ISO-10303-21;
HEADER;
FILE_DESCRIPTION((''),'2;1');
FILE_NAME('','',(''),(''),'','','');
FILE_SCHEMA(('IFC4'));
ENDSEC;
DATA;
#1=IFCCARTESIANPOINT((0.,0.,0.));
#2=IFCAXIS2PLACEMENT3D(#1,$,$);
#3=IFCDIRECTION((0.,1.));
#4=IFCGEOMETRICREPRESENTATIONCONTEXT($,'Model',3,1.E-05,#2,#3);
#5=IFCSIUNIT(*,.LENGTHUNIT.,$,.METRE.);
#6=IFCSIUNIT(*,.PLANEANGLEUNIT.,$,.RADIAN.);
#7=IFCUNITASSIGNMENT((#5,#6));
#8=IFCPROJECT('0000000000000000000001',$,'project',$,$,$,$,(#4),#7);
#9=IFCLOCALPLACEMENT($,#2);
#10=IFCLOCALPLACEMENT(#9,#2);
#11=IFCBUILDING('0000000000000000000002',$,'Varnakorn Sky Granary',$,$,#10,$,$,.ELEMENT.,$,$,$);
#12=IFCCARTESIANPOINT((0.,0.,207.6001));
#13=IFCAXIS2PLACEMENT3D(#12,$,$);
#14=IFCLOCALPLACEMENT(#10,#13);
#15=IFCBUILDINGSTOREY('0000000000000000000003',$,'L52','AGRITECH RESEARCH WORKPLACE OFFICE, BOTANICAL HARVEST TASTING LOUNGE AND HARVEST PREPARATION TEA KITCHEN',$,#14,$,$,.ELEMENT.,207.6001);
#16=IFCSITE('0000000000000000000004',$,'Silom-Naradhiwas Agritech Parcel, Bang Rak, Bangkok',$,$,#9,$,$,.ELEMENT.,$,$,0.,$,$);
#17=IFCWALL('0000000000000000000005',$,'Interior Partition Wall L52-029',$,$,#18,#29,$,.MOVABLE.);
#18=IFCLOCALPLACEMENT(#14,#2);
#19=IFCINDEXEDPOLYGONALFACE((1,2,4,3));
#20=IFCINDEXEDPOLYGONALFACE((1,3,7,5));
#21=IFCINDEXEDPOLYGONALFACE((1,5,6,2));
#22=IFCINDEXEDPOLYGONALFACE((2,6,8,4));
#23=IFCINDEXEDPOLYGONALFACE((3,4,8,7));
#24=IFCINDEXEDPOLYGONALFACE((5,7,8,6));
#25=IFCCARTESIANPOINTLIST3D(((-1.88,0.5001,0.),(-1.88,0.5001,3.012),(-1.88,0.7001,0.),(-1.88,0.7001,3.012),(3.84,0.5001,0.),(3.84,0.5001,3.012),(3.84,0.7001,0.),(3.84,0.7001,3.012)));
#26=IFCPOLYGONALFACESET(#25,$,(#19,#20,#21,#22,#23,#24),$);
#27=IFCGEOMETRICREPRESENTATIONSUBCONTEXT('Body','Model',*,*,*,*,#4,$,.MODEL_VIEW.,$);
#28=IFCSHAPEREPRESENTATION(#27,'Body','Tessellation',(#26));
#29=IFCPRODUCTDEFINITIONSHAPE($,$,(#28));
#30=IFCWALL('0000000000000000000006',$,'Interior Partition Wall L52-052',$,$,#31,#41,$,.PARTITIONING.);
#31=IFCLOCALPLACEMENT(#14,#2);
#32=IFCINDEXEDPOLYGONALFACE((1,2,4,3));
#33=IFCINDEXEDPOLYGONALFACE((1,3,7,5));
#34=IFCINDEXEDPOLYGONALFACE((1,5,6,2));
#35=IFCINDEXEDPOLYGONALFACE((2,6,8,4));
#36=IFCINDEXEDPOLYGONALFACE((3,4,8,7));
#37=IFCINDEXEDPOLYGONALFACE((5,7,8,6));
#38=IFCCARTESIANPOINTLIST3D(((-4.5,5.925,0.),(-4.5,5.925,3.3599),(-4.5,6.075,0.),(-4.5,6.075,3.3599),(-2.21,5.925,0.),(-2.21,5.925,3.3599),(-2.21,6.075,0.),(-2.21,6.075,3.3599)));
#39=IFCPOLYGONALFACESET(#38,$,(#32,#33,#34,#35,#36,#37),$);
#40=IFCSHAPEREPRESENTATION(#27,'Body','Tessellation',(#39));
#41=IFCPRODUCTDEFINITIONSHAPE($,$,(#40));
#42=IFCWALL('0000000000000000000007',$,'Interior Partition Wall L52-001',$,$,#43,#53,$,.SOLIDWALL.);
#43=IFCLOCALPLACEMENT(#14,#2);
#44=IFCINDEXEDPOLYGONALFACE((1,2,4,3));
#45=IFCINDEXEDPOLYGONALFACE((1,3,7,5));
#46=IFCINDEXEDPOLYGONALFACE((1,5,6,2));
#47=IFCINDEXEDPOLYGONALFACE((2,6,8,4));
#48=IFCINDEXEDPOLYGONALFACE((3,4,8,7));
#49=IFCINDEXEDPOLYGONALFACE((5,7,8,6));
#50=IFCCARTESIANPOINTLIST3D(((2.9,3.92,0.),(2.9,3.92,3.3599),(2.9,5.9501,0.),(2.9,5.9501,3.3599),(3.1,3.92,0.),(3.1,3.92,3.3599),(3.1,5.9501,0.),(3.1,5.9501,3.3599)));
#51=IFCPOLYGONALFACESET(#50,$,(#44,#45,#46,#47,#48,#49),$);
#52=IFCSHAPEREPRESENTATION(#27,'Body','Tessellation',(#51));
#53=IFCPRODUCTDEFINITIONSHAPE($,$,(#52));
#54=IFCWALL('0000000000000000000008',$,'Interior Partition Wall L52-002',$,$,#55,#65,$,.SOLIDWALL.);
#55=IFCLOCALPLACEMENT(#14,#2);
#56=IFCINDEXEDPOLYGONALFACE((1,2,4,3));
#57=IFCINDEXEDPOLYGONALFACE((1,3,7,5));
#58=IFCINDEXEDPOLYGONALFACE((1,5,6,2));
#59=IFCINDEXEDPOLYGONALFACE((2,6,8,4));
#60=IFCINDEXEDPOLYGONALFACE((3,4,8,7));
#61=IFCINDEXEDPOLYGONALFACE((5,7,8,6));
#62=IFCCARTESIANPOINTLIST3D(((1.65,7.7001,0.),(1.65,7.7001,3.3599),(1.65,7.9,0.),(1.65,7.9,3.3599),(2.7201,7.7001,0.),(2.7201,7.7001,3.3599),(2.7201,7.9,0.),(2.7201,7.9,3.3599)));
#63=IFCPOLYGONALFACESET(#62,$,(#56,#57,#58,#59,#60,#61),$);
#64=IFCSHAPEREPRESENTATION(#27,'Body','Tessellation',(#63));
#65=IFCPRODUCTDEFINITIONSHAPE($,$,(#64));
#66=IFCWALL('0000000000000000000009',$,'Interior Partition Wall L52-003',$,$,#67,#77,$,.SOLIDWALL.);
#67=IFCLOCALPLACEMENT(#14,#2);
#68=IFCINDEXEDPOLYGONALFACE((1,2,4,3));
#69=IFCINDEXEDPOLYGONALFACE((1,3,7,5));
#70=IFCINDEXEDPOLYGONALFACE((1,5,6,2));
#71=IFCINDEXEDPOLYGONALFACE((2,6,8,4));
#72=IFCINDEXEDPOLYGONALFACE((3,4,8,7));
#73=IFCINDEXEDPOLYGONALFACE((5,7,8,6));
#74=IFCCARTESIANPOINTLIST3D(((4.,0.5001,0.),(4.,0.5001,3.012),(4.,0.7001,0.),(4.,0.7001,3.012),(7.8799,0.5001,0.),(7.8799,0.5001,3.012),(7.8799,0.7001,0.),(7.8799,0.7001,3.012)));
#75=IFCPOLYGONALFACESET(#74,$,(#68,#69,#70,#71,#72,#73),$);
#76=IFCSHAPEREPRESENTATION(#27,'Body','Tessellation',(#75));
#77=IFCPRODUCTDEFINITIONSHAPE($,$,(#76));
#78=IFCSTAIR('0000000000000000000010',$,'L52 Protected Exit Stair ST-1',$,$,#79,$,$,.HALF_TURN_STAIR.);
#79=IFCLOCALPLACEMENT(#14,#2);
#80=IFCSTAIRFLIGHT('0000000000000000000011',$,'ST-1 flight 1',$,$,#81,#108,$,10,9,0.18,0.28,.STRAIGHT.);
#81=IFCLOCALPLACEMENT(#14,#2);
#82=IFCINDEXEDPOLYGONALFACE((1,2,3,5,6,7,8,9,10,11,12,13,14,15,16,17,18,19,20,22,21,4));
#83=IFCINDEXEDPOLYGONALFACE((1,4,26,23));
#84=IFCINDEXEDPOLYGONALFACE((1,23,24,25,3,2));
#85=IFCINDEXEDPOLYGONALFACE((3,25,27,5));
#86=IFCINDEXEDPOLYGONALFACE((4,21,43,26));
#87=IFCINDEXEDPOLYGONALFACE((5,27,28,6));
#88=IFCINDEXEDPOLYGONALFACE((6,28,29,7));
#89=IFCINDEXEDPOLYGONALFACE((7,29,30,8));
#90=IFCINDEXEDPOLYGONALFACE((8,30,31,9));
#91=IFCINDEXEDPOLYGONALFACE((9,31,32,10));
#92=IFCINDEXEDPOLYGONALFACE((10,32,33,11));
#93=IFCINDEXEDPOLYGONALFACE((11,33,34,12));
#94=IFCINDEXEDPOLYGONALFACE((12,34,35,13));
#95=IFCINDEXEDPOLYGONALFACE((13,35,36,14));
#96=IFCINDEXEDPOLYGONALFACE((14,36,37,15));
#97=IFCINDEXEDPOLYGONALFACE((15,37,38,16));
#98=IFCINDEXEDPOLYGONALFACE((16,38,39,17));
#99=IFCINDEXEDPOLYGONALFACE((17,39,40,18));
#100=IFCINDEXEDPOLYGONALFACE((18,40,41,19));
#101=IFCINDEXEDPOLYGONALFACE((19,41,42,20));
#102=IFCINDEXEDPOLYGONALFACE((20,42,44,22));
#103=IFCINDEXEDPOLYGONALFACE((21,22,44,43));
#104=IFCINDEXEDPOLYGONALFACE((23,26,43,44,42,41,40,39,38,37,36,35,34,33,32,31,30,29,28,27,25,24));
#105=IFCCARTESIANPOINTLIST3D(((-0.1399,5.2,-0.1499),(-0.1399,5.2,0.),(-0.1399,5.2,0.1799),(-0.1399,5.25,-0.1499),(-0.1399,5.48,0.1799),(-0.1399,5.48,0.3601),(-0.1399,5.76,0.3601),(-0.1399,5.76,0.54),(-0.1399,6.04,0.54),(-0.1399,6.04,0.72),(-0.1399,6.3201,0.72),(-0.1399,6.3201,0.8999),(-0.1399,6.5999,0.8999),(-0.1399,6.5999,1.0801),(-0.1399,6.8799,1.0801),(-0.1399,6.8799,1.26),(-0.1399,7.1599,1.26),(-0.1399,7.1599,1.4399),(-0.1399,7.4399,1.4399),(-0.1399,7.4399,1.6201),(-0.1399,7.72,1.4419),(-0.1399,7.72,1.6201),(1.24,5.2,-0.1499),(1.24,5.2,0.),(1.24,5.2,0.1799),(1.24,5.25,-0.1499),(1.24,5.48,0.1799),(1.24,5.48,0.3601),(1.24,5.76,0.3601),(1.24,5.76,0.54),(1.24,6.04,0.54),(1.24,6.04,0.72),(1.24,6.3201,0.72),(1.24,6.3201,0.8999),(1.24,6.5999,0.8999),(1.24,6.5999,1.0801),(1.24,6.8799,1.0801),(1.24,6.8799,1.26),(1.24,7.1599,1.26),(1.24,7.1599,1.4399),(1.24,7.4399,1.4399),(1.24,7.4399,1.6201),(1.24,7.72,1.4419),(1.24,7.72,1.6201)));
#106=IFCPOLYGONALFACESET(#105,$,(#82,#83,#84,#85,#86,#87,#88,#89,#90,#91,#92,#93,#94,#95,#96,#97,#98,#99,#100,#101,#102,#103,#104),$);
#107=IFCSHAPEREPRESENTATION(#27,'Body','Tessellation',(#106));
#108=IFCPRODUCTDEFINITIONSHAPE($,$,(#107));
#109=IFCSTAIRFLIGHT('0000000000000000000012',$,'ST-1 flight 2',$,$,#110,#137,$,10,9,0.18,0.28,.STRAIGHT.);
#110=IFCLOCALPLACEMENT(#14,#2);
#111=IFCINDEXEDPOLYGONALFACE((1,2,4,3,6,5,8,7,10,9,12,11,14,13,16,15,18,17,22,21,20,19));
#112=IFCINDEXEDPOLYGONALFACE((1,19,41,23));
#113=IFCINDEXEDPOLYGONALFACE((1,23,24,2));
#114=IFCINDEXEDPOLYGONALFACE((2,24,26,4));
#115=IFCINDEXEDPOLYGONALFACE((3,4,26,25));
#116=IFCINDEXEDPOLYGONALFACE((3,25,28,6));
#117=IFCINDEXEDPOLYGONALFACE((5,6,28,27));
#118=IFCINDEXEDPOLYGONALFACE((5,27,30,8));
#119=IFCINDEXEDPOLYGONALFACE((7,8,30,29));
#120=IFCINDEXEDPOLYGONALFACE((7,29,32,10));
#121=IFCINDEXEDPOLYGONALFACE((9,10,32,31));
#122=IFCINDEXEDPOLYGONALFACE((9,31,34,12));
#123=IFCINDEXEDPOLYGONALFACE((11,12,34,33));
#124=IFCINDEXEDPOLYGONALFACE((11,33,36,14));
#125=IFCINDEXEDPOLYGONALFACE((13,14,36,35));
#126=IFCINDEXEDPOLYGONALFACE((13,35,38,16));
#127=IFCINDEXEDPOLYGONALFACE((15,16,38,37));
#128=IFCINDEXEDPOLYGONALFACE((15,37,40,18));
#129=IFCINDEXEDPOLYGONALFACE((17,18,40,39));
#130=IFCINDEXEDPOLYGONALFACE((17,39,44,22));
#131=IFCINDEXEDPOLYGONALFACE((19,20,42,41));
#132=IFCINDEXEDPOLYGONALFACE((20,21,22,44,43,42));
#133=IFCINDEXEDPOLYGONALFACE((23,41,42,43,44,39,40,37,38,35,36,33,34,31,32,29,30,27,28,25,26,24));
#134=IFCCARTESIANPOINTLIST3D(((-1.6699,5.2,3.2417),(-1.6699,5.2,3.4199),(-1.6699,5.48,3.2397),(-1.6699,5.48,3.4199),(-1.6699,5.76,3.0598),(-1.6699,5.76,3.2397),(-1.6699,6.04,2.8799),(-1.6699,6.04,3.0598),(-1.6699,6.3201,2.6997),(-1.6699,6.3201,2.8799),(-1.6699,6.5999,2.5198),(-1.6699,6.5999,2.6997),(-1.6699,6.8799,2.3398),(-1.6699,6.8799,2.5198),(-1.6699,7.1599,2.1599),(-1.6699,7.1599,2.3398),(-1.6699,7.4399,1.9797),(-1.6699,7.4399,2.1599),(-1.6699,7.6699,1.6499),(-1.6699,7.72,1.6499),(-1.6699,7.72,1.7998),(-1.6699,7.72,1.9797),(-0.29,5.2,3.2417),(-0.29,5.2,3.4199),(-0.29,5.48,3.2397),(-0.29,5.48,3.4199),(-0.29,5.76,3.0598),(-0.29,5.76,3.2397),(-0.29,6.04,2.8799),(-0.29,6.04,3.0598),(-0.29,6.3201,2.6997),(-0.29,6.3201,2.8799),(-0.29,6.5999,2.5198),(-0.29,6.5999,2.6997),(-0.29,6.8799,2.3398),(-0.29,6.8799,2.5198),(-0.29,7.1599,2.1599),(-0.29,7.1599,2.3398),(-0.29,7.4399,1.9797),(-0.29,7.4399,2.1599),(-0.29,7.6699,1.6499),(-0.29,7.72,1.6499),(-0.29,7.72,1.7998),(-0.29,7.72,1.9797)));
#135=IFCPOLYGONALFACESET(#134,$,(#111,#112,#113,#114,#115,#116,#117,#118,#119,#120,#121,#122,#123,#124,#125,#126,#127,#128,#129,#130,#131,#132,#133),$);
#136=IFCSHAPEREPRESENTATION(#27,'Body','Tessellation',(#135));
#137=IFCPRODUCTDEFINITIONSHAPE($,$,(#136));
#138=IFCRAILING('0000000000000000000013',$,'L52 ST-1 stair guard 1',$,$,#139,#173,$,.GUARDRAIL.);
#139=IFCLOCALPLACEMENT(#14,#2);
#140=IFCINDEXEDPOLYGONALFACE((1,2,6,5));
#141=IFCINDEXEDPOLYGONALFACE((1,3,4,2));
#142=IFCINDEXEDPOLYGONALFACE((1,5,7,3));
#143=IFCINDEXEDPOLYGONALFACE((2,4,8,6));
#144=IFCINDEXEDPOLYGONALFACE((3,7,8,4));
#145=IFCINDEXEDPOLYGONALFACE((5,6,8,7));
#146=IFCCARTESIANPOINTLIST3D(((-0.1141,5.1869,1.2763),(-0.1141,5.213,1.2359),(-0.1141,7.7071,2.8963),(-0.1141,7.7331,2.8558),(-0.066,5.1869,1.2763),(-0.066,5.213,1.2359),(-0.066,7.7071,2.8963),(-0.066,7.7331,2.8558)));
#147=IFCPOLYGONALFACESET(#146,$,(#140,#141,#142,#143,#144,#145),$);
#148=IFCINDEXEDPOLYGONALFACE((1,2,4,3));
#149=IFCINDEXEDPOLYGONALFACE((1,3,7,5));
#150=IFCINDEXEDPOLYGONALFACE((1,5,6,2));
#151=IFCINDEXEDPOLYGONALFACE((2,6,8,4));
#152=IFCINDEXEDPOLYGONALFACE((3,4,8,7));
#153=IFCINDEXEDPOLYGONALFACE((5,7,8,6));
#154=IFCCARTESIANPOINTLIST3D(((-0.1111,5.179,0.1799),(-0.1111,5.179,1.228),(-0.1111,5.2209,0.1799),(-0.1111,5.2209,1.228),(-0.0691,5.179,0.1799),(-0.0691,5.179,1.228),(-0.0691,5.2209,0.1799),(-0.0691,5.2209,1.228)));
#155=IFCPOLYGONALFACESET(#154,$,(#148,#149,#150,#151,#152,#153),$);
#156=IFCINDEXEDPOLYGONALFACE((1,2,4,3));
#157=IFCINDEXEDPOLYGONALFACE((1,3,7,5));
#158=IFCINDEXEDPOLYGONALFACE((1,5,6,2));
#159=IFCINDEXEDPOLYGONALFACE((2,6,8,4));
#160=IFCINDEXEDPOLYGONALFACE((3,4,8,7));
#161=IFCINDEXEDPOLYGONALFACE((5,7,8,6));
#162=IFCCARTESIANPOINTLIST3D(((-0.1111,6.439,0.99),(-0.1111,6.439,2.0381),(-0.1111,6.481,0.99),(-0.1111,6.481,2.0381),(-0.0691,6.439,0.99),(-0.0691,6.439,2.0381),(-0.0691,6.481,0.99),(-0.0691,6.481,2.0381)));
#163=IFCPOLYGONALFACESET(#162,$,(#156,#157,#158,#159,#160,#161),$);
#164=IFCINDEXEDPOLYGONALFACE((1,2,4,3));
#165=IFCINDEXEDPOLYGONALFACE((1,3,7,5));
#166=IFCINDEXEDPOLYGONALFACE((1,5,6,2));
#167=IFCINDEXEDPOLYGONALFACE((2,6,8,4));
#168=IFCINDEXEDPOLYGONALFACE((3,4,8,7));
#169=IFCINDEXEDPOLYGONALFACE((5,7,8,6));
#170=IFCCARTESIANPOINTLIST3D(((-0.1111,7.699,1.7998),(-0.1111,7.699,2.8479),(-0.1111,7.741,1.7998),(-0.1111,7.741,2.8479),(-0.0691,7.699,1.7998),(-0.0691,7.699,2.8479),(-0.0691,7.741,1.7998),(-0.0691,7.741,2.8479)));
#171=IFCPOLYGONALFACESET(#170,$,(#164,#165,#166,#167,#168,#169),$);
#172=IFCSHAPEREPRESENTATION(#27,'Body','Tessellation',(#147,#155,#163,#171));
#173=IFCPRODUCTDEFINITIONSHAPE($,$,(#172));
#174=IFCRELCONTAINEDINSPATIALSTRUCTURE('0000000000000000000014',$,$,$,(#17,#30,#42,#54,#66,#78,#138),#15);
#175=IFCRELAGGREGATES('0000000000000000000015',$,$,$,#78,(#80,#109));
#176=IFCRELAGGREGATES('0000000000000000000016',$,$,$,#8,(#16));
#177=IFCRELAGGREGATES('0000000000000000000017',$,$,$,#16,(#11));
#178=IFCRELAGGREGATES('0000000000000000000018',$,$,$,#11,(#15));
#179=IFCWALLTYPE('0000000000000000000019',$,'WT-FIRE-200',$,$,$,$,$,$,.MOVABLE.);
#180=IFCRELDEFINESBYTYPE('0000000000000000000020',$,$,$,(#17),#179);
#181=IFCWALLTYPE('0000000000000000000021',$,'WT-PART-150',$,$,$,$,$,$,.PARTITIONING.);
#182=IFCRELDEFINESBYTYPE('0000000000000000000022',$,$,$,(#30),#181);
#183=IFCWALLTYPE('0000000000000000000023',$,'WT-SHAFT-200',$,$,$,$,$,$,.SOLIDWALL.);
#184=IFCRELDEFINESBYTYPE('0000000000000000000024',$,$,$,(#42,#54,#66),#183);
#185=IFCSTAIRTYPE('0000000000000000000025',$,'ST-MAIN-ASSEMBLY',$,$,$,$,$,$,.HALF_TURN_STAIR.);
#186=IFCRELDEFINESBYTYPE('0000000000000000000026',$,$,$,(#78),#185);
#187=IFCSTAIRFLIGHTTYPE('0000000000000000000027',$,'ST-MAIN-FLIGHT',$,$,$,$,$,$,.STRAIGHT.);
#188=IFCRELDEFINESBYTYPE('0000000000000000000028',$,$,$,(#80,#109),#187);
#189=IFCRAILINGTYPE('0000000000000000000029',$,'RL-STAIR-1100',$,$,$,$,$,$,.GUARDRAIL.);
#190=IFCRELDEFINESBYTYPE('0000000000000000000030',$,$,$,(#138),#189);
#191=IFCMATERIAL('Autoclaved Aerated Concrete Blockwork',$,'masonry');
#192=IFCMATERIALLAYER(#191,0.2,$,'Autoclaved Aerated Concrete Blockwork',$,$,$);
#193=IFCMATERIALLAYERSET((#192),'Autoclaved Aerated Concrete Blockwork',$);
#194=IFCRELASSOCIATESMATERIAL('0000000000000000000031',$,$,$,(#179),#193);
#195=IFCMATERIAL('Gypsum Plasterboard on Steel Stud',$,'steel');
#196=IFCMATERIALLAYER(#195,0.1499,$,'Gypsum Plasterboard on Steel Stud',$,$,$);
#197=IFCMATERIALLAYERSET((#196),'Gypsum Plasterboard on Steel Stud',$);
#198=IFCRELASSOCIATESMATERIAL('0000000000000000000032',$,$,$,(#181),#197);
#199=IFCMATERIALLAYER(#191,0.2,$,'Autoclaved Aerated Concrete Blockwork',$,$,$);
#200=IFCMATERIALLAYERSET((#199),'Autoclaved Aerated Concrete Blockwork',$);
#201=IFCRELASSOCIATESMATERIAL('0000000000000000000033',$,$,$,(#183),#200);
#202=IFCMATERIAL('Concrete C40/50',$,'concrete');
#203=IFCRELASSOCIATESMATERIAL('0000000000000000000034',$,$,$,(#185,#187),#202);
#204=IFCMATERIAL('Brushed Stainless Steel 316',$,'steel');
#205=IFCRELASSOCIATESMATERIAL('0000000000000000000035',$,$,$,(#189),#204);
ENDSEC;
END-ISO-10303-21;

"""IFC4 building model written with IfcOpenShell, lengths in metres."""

from ifc_helpers import new_model, si_unit, direction, frame, frame_2d, origin, origin_2d, place, context, subcontext, project, spatial, polyline, rectangle, outline, extrude, material, layer, layer_set, type_object, element, aggregate, save


model = new_model("IFC4")

# Units and contexts
model_context = context("Model", 3, precision=1e-05, world=origin(), true_north=direction((0.0, 1.0)))
body_context = subcontext(model_context, "Body", "Model", "MODEL_VIEW")
ifc_project = project(units=[si_unit("LENGTHUNIT", "METRE"), si_unit("PLANEANGLEUNIT", "RADIAN")], contexts=[model_context])

# Site, building, storey
site_placement = place(None, origin())
site = spatial("IfcSite", under=ifc_project, at=site_placement, Name="Silom-Naradhiwas Agritech Parcel, Bang Rak, Bangkok", CompositionType="ELEMENT", RefElevation=0.0)
building_placement = place(site_placement, origin())
building = spatial("IfcBuilding", under=site, at=building_placement, Name="Varnakorn Sky Granary", CompositionType="ELEMENT")
storey_placement = place(building_placement, frame((0.0, 0.0, 207.6001)))
storey = spatial("IfcBuildingStorey", under=building, at=storey_placement, Name="L52", Description="AGRITECH RESEARCH WORKPLACE OFFICE, BOTANICAL HARVEST TASTING LOUNGE AND HARVEST PREPARATION TEA KITCHEN", CompositionType="ELEMENT", Elevation=207.6001)

# Shared definitions
ifc_material_1 = material(Name="Autoclaved Aerated Concrete Blockwork", Category="masonry")
ifc_layer_1 = layer(ifc_material_1, 0.2, Name="Autoclaved Aerated Concrete Blockwork")
ifc_layer_set_1 = layer_set([ifc_layer_1], Name="Autoclaved Aerated Concrete Blockwork")
wall_type_1 = type_object("IfcWallType", Name="WT-FIRE-200", PredefinedType="MOVABLE", material=ifc_layer_set_1)

# Walls
wall_1_placement = place(storey_placement, frame((-1.8799, 0.6001, 0.0), z_axis=(0.0, 0.0, 1.0), x_axis=(1.0, 0.0, 0.0)))
element("IfcWall", 1, at=wall_1_placement, inside=storey, type_object=wall_type_1, Name="Interior Partition Wall L52-029", PredefinedType="MOVABLE", context=body_context, shape_type="SweptSolid", body=[
    extrude(rectangle(XDim=5.72, YDim=0.2, at=frame_2d((2.8599, 0.0))), origin(), (0.0, 0.0, 1.0), 3.012),
])
ifc_material_2 = material(Name="Gypsum Plasterboard on Steel Stud", Category="steel")
ifc_layer_2 = layer(ifc_material_2, 0.1499, Name="Gypsum Plasterboard on Steel Stud")
ifc_layer_set_2 = layer_set([ifc_layer_2], Name="Gypsum Plasterboard on Steel Stud")
wall_type_2 = type_object("IfcWallType", Name="WT-PART-150", PredefinedType="PARTITIONING", material=ifc_layer_set_2)
wall_2_placement = place(storey_placement, frame((-2.21, 6.0, 0.0), z_axis=(0.0, 0.0, 1.0), x_axis=(-1.0, 0.0, 0.0)))
element("IfcWall", 2, at=wall_2_placement, inside=storey, type_object=wall_type_2, Name="Interior Partition Wall L52-052", PredefinedType="PARTITIONING", context=body_context, shape_type="SweptSolid", body=[
    extrude(rectangle(XDim=2.29, YDim=0.1499, at=frame_2d((1.145, 0.0))), origin(), (0.0, 0.0, 1.0), 3.3599),
])
ifc_layer_3 = layer(ifc_material_1, 0.2, Name="Autoclaved Aerated Concrete Blockwork")
ifc_layer_set_3 = layer_set([ifc_layer_3], Name="Autoclaved Aerated Concrete Blockwork")
wall_type_3 = type_object("IfcWallType", Name="WT-SHAFT-200", PredefinedType="SOLIDWALL", material=ifc_layer_set_3)
wall_3_placement = place(storey_placement, frame((3.0, 3.9199, 0.0), z_axis=(0.0, 0.0, 1.0), x_axis=(0.0, 1.0, 0.0)))
element("IfcWall", 3, at=wall_3_placement, inside=storey, type_object=wall_type_3, Name="Interior Partition Wall L52-001", PredefinedType="SOLIDWALL", context=body_context, shape_type="SweptSolid", body=[
    extrude(rectangle(XDim=2.03, YDim=0.2, at=frame_2d((1.0151, 0.0))), origin(), (0.0, 0.0, 1.0), 3.3599),
])
wall_4_placement = place(storey_placement, frame((1.6499, 7.8, 0.0), z_axis=(0.0, 0.0, 1.0), x_axis=(1.0, 0.0, 0.0)))
element("IfcWall", 4, at=wall_4_placement, inside=storey, type_object=wall_type_3, Name="Interior Partition Wall L52-002", PredefinedType="SOLIDWALL", context=body_context, shape_type="SweptSolid", body=[
    extrude(rectangle(XDim=1.0701, YDim=0.2, at=frame_2d((0.5352, 0.0))), origin(), (0.0, 0.0, 1.0), 3.3599),
])
wall_5_placement = place(storey_placement, frame((4.0, 0.6001, 0.0), z_axis=(0.0, 0.0, 1.0), x_axis=(1.0, 0.0, 0.0)))
element("IfcWall", 5, at=wall_5_placement, inside=storey, type_object=wall_type_3, Name="Interior Partition Wall L52-003", PredefinedType="SOLIDWALL", context=body_context, shape_type="SweptSolid", body=[
    extrude(rectangle(XDim=3.8799, YDim=0.2, at=frame_2d((1.9399, 0.0))), origin(), (0.0, 0.0, 1.0), 3.012),
])

# Stair, stair flights
ifc_material_3 = material(Name="Concrete C40/50", Category="concrete")
stair_type = type_object("IfcStairType", Name="ST-MAIN-ASSEMBLY", PredefinedType="HALF_TURN_STAIR", material=ifc_material_3)
stair_placement = place(storey_placement, origin())
stair = element("IfcStair", 6, at=stair_placement, inside=storey, type_object=stair_type, Name="L52 Protected Exit Stair ST-1", PredefinedType="HALF_TURN_STAIR")
stair_flight_type = type_object("IfcStairFlightType", Name="ST-MAIN-FLIGHT", PredefinedType="STRAIGHT", material=ifc_material_3)
stair_flight_1_placement = place(storey_placement, frame((0.55, 5.2, 0.0), z_axis=(0.0, 0.0, 1.0), x_axis=(0.0, 1.0, 0.0)))
stair_flight_1 = element("IfcStairFlight", 7, at=stair_flight_1_placement, type_object=stair_flight_type, Name="ST-1 flight 1", NumberOfRisers=10, NumberOfTreads=9, PredefinedType="STRAIGHT", RiserHeight=0.18, TreadLength=0.28, context=body_context, shape_type="SweptSolid", body=[
    extrude(outline(polyline([(0.0, -0.1499), (0.0, 0.0), (0.0, 0.1799), (0.28, 0.1799), (0.28, 0.3601), (0.5601, 0.3601), (0.5601, 0.54), (0.8401, 0.54), (0.8401, 0.72), (1.1201, 0.72), (1.1201, 0.8999), (1.3999, 0.8999), (1.3999, 1.0801), (1.6799, 1.0801), (1.6799, 1.26), (1.96, 1.26), (1.96, 1.4399), (2.24, 1.4399), (2.24, 1.6201), (2.52, 1.6201), (2.52, 1.8), (2.52, 1.4419), (0.05, -0.1499), (0.0, -0.1499)])), frame((0.0, 0.6899, 0.0), z_axis=(0.0, -1.0, 0.0), x_axis=(1.0, 0.0, 0.0)), (0.0, 0.0, 1.0), 1.3799),
])
stair_flight_2_placement = place(storey_placement, frame((-0.98, 7.72, 1.7998), z_axis=(0.0, 0.0, 1.0), x_axis=(0.0, -1.0, 0.0)))
stair_flight_2 = element("IfcStairFlight", 8, at=stair_flight_2_placement, type_object=stair_flight_type, Name="ST-1 flight 2", NumberOfRisers=10, NumberOfTreads=9, PredefinedType="STRAIGHT", RiserHeight=0.18, TreadLength=0.28, context=body_context, shape_type="SweptSolid", body=[
    extrude(outline(polyline([(0.0, -0.1499), (0.0, 0.0), (0.0, 0.1799), (0.28, 0.1799), (0.28, 0.3601), (0.5601, 0.3601), (0.5601, 0.54), (0.8401, 0.54), (0.8401, 0.72), (1.1201, 0.72), (1.1201, 0.8999), (1.3999, 0.8999), (1.3999, 1.0801), (1.6799, 1.0801), (1.6799, 1.26), (1.96, 1.26), (1.96, 1.4399), (2.24, 1.4399), (2.24, 1.6201), (2.52, 1.6201), (2.52, 1.8), (2.52, 1.4419), (0.05, -0.1499), (0.0, -0.1499)])), frame((0.0, 0.6899, 0.0), z_axis=(0.0, -1.0, 0.0), x_axis=(1.0, 0.0, 0.0)), (0.0, 0.0, 1.0), 1.3799),
])
aggregate(stair, [stair_flight_1, stair_flight_2])

# Railing
ifc_material_4 = material(Name="Brushed Stainless Steel 316", Category="steel")
railing_type_1 = type_object("IfcRailingType", Name="RL-STAIR-1100", PredefinedType="GUARDRAIL", material=ifc_material_4)
railing_1_placement = place(storey_placement, frame((-0.0901, 5.2, 0.1799)))
element("IfcRailing", 9, at=railing_1_placement, inside=storey, type_object=railing_type_1, Name="L52 ST-1 stair guard 1", PredefinedType="GUARDRAIL", context=body_context, shape_type="SweptSolid", body=[
    extrude(rectangle(XDim=0.0481, YDim=0.0481, at=origin_2d()), frame((0.0, 0.0, 1.0762), z_axis=(0.0, 0.8412, 0.540725), x_axis=(-1.0, 0.0, 0.0)), (0.0, 0.0, 1.0), 2.9958),
    extrude(rectangle(XDim=0.042, YDim=0.042, at=origin_2d()), origin(), (0.0, 0.0, 1.0), 1.0481),
    extrude(rectangle(XDim=0.042, YDim=0.042, at=origin_2d()), frame((0.0, 1.26, 0.8101)), (0.0, 0.0, 1.0), 1.0481),
    extrude(rectangle(XDim=0.042, YDim=0.042, at=origin_2d()), frame((0.0, 2.52, 1.6199)), (0.0, 0.0, 1.0), 1.0481),
])

save(model, "model.ifc")
